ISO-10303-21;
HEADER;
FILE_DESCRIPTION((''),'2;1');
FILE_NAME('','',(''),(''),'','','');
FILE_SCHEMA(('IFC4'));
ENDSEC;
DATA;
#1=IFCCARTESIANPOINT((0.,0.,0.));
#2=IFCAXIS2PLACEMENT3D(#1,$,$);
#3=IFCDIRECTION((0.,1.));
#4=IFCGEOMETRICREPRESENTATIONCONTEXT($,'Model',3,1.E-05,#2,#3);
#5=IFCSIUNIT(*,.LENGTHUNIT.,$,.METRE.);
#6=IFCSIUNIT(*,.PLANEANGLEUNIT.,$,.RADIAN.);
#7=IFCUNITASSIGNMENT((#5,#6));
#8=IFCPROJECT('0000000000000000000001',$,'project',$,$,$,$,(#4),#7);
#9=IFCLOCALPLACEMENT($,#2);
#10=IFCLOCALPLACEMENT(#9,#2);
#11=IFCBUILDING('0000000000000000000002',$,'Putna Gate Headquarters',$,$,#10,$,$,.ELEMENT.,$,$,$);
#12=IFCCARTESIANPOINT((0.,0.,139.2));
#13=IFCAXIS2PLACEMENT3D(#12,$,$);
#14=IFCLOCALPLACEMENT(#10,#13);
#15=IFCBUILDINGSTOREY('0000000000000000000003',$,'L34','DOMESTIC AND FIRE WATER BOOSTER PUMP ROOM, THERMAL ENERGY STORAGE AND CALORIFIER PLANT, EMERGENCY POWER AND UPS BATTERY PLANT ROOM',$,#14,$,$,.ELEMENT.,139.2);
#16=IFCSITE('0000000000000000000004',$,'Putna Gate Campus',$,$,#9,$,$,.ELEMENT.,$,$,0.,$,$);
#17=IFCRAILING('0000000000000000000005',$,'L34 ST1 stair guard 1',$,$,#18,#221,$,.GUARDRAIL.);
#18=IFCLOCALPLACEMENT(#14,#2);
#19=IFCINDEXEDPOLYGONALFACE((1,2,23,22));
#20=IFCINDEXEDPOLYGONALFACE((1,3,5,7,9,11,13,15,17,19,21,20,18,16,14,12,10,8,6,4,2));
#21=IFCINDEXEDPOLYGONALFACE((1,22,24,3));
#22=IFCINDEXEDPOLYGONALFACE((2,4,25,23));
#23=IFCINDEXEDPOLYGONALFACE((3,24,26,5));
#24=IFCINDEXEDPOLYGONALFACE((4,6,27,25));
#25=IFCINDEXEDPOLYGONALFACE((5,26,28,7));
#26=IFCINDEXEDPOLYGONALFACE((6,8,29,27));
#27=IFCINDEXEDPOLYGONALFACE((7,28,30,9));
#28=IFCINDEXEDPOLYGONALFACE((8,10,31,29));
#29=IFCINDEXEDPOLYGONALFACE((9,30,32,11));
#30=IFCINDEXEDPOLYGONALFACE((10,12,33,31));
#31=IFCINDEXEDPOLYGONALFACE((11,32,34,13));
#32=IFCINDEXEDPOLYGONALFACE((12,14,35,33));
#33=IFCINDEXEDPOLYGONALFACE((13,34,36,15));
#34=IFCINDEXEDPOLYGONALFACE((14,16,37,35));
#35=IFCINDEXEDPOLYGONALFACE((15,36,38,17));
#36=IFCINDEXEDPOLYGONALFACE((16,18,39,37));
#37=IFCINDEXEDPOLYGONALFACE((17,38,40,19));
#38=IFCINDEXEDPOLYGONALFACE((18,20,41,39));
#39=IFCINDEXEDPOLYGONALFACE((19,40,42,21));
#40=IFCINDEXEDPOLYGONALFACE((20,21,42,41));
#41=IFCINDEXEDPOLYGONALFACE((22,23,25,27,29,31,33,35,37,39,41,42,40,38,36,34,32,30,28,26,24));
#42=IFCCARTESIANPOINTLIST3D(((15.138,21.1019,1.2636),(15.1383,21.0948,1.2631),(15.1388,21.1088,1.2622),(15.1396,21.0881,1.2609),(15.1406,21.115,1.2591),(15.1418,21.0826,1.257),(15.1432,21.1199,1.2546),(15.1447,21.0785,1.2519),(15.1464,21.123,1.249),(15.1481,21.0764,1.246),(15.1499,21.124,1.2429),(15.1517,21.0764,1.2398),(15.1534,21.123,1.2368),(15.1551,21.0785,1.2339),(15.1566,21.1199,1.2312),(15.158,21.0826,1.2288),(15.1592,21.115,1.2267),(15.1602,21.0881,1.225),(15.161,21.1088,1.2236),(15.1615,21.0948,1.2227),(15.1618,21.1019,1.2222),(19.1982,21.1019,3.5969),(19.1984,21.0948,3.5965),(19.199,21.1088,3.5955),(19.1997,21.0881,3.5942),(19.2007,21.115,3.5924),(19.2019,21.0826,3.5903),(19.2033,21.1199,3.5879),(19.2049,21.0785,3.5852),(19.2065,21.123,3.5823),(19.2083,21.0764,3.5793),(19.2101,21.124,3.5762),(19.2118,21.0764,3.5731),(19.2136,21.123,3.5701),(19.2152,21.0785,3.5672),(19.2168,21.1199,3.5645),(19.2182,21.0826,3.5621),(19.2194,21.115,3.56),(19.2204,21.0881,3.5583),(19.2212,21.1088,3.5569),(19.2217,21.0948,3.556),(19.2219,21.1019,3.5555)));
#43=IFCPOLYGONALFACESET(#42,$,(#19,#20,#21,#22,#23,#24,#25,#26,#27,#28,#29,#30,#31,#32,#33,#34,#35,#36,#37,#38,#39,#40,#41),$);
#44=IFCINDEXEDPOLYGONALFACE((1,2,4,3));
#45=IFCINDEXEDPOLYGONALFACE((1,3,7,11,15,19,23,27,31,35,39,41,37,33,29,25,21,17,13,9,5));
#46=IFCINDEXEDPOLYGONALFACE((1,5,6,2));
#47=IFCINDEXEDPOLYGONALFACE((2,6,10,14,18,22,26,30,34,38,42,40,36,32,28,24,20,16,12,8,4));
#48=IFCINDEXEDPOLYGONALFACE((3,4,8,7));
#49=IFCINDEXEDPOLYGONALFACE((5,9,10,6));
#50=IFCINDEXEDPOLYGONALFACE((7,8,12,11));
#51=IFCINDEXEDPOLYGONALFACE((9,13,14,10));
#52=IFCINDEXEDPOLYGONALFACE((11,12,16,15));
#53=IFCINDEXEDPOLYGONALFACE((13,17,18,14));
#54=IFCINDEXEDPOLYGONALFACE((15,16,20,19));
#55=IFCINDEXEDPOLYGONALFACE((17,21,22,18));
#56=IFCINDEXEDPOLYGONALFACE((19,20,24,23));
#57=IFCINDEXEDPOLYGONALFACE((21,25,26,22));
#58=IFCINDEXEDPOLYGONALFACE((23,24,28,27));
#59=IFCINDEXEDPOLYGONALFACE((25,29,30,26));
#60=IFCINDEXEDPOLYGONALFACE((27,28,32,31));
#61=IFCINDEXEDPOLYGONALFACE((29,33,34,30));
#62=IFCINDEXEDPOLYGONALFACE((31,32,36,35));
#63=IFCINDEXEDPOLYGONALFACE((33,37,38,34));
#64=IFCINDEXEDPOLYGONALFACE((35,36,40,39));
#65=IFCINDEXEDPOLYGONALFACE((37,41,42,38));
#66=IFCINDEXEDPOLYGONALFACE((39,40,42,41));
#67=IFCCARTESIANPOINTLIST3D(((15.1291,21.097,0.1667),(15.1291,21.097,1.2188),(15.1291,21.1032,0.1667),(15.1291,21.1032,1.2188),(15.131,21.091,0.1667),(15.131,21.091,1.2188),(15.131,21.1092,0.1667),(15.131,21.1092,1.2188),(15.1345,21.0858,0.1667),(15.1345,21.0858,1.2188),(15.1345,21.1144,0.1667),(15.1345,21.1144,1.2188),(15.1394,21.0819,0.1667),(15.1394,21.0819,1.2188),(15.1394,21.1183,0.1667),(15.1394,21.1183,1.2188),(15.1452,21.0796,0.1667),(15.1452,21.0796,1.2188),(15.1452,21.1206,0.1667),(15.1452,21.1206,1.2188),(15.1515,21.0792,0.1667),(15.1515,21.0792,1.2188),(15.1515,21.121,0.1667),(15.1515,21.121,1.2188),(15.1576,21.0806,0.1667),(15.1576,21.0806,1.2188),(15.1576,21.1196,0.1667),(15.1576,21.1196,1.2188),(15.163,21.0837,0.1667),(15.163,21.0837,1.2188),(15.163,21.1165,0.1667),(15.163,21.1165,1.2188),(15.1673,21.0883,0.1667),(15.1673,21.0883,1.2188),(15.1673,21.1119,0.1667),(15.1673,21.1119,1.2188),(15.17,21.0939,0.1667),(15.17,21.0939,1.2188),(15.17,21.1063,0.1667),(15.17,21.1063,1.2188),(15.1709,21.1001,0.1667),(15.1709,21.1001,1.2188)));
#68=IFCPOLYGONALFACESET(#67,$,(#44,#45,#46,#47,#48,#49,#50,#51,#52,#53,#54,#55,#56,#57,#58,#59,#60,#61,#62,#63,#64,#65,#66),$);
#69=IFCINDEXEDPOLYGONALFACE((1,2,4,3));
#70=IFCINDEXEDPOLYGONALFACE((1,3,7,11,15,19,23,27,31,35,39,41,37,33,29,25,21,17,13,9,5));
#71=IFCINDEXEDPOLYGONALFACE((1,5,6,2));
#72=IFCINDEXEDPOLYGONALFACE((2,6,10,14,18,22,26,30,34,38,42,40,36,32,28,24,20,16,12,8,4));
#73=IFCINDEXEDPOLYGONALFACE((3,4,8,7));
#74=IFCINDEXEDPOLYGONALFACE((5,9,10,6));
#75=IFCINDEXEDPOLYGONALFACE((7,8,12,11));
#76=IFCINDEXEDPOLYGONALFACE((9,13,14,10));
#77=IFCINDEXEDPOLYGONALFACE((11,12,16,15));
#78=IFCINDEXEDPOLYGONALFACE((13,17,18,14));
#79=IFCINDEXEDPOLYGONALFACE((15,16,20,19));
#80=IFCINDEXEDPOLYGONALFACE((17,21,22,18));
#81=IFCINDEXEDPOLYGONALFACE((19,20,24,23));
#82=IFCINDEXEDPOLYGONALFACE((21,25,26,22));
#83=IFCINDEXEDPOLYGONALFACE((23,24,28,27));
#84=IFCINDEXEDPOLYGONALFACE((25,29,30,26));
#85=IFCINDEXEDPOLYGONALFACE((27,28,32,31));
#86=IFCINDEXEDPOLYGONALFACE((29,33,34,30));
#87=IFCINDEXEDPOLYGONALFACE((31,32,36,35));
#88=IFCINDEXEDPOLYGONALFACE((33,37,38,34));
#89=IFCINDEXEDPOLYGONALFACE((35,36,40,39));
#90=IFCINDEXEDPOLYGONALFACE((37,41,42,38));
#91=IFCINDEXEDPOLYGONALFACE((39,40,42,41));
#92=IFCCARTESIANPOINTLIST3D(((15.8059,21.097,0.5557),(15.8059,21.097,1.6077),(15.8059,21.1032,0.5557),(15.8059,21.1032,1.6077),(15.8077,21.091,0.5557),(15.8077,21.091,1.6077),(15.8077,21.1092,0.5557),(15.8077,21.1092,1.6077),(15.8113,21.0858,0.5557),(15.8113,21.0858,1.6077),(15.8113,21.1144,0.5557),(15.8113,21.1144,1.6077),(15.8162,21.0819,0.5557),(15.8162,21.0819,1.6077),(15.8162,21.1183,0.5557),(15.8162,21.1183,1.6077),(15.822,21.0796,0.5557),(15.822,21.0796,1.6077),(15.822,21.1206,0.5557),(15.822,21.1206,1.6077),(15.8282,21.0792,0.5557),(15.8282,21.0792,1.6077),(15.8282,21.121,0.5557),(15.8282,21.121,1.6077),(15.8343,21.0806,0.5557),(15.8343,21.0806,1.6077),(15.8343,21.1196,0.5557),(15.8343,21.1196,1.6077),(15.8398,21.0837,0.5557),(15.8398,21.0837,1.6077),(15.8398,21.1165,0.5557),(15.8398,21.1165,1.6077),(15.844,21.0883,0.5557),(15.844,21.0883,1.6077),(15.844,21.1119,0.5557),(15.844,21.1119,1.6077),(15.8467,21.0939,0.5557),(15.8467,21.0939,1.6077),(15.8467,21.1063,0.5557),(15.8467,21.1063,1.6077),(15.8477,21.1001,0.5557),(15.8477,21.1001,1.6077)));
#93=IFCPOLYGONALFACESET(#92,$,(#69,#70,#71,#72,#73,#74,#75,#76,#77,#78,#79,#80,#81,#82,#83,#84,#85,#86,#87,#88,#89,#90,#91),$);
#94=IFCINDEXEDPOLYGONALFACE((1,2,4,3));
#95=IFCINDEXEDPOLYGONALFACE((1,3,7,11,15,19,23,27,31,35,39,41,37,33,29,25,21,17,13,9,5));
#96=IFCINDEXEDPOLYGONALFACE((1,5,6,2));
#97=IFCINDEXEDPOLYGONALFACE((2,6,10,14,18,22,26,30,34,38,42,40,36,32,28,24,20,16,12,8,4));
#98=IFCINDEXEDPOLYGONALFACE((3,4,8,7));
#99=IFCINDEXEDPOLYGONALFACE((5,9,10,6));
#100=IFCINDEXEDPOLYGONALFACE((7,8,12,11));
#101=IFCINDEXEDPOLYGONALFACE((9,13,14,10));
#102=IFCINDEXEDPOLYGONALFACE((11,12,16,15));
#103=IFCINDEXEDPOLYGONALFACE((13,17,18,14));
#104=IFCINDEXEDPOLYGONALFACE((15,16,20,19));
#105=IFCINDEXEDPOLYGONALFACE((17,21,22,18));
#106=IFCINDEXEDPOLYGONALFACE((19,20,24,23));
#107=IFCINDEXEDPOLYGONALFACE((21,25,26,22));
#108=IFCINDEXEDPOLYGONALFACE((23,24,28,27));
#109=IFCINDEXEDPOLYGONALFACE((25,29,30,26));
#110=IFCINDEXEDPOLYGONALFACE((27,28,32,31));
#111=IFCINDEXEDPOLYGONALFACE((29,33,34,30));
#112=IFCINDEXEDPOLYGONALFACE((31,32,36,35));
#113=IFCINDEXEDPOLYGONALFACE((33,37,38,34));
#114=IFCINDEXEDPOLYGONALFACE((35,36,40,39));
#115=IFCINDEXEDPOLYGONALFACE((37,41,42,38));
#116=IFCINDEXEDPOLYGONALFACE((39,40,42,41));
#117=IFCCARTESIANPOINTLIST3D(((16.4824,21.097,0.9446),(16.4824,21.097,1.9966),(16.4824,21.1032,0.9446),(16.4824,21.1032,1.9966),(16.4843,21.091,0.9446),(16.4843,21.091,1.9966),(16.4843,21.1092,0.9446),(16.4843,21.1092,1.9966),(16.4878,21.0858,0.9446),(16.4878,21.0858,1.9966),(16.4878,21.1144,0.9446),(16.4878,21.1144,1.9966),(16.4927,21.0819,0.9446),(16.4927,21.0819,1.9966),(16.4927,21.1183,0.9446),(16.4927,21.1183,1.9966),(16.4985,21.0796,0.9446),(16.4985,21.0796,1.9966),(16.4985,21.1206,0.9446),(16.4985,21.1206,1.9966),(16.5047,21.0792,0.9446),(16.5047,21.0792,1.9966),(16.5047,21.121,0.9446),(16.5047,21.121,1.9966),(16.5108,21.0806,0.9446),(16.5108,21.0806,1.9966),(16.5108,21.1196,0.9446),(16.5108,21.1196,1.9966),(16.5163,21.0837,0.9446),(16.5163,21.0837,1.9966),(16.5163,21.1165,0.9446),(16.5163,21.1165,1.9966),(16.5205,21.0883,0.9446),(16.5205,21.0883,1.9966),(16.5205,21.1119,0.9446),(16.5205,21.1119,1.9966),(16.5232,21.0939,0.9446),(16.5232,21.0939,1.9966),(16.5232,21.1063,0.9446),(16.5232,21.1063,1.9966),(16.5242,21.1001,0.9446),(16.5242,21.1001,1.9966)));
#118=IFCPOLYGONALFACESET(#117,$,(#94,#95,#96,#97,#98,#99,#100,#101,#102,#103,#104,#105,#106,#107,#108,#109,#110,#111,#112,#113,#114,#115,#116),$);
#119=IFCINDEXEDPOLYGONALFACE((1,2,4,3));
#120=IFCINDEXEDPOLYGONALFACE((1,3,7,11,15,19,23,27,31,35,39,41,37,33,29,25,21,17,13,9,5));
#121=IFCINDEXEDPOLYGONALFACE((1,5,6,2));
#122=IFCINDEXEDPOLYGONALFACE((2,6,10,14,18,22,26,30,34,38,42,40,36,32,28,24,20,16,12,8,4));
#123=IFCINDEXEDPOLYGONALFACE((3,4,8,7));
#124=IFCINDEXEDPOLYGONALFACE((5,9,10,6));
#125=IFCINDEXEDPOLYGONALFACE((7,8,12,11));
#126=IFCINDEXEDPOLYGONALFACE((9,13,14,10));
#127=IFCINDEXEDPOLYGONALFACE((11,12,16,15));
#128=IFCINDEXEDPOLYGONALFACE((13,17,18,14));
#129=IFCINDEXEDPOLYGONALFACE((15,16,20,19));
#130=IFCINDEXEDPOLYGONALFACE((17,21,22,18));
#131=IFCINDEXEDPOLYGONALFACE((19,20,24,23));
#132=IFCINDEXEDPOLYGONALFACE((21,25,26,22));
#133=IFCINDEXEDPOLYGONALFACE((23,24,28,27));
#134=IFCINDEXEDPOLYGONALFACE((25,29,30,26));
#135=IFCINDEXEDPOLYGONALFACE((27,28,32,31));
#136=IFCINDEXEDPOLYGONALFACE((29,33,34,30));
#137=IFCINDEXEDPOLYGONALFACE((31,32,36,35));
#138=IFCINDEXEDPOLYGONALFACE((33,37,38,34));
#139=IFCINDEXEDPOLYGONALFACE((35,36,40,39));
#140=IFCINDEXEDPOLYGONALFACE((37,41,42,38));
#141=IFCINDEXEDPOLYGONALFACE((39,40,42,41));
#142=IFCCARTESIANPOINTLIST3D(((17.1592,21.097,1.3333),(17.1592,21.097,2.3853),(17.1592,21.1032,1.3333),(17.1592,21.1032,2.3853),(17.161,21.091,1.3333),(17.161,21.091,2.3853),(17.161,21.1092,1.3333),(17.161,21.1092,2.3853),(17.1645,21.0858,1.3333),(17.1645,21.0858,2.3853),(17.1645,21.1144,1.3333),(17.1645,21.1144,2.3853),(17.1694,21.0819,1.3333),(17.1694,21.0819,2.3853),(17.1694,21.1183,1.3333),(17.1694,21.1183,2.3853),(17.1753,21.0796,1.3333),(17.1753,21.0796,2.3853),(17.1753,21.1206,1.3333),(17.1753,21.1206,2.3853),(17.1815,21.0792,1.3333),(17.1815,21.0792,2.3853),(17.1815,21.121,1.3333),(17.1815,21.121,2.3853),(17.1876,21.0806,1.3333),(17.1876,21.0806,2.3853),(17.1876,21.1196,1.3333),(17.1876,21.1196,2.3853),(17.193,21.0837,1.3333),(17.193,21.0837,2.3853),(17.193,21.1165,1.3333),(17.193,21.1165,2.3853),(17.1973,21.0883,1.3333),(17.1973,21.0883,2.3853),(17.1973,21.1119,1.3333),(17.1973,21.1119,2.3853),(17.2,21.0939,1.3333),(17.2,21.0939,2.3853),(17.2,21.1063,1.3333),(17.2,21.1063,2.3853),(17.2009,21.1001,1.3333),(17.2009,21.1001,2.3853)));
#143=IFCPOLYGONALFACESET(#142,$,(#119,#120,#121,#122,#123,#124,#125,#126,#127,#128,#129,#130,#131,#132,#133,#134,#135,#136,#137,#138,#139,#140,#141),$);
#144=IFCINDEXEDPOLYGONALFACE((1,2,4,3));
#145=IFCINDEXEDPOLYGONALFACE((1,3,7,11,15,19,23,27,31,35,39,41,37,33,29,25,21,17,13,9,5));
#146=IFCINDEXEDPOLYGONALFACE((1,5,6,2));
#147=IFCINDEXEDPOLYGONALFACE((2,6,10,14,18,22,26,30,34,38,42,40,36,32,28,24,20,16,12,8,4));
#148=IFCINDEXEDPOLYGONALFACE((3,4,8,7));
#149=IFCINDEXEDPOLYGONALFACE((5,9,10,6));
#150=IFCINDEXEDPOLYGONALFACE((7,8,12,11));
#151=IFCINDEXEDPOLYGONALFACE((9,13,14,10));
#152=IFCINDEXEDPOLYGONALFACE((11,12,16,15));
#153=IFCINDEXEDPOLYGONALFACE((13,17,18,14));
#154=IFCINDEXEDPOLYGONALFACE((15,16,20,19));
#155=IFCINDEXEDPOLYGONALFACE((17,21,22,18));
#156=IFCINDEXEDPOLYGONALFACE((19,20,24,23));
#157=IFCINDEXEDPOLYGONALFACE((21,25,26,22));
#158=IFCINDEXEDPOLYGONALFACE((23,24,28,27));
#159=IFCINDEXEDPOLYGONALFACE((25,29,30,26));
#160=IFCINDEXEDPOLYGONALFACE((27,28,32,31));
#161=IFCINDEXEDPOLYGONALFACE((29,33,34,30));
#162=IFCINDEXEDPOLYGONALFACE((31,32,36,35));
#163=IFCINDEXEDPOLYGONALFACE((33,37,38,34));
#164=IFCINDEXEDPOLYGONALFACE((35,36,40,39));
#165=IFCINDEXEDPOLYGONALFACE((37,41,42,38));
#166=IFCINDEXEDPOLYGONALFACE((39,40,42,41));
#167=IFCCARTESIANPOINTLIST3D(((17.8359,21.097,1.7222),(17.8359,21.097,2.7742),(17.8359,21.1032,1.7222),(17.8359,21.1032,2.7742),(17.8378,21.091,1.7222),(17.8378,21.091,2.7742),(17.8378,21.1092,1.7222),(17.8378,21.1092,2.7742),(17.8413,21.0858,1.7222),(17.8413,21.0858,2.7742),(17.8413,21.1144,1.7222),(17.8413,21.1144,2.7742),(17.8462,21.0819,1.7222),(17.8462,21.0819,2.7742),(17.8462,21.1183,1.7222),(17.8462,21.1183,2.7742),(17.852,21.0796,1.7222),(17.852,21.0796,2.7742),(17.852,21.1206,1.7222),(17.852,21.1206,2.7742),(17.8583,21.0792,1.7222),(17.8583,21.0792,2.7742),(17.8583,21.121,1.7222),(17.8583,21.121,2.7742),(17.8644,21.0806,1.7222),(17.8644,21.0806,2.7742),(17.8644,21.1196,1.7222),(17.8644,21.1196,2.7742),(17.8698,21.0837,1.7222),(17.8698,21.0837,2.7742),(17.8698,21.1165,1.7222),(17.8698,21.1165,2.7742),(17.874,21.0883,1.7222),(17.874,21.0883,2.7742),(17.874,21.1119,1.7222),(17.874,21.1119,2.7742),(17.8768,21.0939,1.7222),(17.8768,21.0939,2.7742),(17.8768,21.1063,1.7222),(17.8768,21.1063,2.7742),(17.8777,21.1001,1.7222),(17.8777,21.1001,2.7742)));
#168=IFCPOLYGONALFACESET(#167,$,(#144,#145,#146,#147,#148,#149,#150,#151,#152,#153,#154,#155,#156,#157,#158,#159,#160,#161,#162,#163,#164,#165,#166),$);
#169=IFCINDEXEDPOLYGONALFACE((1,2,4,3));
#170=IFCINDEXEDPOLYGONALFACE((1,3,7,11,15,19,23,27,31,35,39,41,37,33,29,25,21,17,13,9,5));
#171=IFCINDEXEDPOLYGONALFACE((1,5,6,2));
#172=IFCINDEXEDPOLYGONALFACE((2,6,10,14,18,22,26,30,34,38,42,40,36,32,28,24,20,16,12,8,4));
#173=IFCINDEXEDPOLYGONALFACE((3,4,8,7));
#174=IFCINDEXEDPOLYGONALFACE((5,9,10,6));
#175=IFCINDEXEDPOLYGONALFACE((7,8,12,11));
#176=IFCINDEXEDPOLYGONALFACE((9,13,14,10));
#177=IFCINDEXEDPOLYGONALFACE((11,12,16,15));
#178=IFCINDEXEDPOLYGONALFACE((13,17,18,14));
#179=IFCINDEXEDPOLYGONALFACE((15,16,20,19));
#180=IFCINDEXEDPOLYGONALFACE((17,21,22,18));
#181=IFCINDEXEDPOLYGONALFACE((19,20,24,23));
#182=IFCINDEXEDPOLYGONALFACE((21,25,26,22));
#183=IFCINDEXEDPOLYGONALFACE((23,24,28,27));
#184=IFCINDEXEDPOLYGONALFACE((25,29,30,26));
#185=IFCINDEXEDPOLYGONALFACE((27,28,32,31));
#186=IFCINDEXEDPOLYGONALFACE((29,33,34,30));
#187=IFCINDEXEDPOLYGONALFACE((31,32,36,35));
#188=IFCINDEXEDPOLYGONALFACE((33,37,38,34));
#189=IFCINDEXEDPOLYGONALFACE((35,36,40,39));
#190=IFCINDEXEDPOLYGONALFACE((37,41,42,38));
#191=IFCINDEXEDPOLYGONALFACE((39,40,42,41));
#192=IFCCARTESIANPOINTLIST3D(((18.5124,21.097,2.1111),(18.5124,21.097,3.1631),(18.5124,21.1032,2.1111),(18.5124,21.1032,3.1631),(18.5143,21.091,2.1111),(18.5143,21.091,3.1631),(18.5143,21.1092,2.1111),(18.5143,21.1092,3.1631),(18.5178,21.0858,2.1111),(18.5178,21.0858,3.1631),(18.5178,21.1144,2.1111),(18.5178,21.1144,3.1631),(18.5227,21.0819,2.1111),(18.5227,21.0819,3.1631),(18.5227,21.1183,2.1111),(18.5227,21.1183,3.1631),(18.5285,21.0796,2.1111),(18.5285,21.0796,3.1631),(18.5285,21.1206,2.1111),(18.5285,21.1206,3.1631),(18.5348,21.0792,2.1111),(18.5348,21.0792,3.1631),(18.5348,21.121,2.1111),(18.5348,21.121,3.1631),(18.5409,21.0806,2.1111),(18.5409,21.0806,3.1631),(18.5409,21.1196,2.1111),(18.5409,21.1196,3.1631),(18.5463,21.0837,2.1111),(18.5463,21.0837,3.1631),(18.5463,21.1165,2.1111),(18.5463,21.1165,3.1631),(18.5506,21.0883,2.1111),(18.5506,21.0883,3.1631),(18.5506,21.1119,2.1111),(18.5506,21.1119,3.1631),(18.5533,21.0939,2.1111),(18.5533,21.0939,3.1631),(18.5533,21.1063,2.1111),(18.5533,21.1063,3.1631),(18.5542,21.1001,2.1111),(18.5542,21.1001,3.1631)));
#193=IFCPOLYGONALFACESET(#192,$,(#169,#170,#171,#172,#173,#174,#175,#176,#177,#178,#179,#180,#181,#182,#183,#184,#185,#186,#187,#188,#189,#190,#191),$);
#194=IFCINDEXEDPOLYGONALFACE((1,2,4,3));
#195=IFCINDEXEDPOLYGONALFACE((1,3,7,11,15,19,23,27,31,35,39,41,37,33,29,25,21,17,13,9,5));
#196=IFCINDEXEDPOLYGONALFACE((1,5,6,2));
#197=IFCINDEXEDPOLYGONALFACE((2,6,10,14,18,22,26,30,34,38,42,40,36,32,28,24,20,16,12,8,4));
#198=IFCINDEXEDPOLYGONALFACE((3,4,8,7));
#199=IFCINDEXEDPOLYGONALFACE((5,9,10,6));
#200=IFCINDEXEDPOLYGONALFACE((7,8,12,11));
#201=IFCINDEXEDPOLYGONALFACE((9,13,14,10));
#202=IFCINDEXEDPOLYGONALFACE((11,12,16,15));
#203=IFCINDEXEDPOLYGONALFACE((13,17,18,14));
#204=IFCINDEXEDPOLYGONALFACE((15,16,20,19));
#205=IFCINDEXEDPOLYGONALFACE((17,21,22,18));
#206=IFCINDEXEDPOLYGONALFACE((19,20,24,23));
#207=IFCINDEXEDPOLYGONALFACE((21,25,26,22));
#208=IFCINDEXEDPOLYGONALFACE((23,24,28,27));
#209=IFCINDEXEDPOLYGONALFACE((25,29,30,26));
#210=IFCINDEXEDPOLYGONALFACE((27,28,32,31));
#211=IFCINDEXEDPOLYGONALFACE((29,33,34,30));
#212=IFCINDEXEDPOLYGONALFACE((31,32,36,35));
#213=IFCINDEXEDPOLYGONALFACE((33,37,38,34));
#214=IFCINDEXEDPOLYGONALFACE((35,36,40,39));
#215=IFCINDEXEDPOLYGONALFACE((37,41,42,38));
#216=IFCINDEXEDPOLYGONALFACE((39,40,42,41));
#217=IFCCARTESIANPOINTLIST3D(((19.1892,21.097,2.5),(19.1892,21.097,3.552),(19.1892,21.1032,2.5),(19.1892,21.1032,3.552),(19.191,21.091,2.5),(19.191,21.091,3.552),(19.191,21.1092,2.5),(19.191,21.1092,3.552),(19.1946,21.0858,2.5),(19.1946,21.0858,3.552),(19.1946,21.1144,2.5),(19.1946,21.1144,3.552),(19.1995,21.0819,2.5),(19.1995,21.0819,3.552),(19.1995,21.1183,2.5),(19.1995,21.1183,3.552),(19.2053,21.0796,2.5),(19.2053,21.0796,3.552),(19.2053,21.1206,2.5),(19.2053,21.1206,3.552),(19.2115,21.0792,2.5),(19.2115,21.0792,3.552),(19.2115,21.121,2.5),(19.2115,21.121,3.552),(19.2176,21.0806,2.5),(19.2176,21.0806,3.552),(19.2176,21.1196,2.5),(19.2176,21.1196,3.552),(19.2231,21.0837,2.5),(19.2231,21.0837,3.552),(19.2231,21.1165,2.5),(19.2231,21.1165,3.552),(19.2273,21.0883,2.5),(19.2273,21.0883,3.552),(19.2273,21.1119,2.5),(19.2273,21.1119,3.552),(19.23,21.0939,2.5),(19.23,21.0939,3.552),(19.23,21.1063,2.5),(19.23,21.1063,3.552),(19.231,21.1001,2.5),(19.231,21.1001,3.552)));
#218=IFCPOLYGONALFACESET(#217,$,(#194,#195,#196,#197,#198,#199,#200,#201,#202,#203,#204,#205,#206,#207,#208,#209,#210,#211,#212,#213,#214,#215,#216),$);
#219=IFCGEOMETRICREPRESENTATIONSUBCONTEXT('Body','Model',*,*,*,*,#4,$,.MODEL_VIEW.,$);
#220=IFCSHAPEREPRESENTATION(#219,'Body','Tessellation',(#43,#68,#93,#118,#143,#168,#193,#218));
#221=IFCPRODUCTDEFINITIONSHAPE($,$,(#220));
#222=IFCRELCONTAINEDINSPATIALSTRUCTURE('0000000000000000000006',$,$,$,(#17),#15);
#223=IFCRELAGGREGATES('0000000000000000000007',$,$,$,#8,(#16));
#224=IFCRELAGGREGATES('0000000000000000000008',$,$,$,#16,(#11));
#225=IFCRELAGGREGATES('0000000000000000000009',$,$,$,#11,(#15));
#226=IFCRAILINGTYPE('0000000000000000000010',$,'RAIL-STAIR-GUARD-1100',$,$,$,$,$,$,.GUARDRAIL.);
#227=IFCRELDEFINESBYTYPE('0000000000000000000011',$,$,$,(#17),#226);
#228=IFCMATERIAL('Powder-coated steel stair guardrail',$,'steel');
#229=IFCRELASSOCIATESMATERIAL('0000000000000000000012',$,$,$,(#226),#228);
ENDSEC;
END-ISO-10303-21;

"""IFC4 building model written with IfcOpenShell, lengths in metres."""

from ifc_helpers import new_model, si_unit, direction, frame, origin, origin_2d, place, context, subcontext, project, spatial, circle, extrude, material, type_object, element, save


model = new_model("IFC4")

# Units and contexts
model_context = context("Model", 3, precision=1e-05, world=origin(), true_north=direction((0.0, 1.0)))
body_context = subcontext(model_context, "Body", "Model", "MODEL_VIEW")
ifc_project = project(units=[si_unit("LENGTHUNIT", "METRE"), si_unit("PLANEANGLEUNIT", "RADIAN")], contexts=[model_context])

# Site, building, storey
site_placement = place(None, origin())
site = spatial("IfcSite", under=ifc_project, at=site_placement, Name="Putna Gate Campus", CompositionType="ELEMENT", RefElevation=0.0)
building_placement = place(site_placement, origin())
building = spatial("IfcBuilding", under=site, at=building_placement, Name="Putna Gate Headquarters", CompositionType="ELEMENT")
storey_placement = place(building_placement, frame((0.0, 0.0, 139.2)))
storey = spatial("IfcBuildingStorey", under=building, at=storey_placement, Name="L34", Description="DOMESTIC AND FIRE WATER BOOSTER PUMP ROOM, THERMAL ENERGY STORAGE AND CALORIFIER PLANT, EMERGENCY POWER AND UPS BATTERY PLANT ROOM", CompositionType="ELEMENT", Elevation=139.2)

# Railing
ifc_material_1 = material(Name="Powder-coated steel stair guardrail", Category="steel")
railing_type_1 = type_object("IfcRailingType", Name="RAIL-STAIR-GUARD-1100", PredefinedType="GUARDRAIL", material=ifc_material_1)
railing_1_placement = place(storey_placement, frame((15.1499, 21.1001, 0.1667)))
element("IfcRailing", 1, at=railing_1_placement, inside=storey, type_object=railing_type_1, Name="L34 ST1 stair guard 1", PredefinedType="GUARDRAIL", context=body_context, shape_type="SweptSolid", body=[
    extrude(circle(Radius=0.0239, at=origin_2d()), frame((0.0, 0.0, 1.0762), z_axis=(0.867025, 0.0, 0.498265), x_axis=(0.0, 1.0, 0.0)), (0.0, 0.0, 1.0), 4.6829),
    extrude(circle(Radius=0.021, at=origin_2d()), origin(), (0.0, 0.0, 1.0), 1.052),
    extrude(circle(Radius=0.021, at=origin_2d()), frame((0.6768, 0.0, 0.3889)), (0.0, 0.0, 1.0), 1.052),
    extrude(circle(Radius=0.021, at=origin_2d()), frame((1.3533, 0.0, 0.7778)), (0.0, 0.0, 1.0), 1.052),
    extrude(circle(Radius=0.021, at=origin_2d()), frame((2.03, 0.0, 1.1665)), (0.0, 0.0, 1.0), 1.052),
    extrude(circle(Radius=0.021, at=origin_2d()), frame((2.7068, 0.0, 1.5554)), (0.0, 0.0, 1.0), 1.052),
    extrude(circle(Radius=0.021, at=origin_2d()), frame((3.3833, 0.0, 1.9443)), (0.0, 0.0, 1.0), 1.052),
    extrude(circle(Radius=0.021, at=origin_2d()), frame((4.0601, 0.0, 2.3333)), (0.0, 0.0, 1.0), 1.052),
])

save(model, "model.ifc")
